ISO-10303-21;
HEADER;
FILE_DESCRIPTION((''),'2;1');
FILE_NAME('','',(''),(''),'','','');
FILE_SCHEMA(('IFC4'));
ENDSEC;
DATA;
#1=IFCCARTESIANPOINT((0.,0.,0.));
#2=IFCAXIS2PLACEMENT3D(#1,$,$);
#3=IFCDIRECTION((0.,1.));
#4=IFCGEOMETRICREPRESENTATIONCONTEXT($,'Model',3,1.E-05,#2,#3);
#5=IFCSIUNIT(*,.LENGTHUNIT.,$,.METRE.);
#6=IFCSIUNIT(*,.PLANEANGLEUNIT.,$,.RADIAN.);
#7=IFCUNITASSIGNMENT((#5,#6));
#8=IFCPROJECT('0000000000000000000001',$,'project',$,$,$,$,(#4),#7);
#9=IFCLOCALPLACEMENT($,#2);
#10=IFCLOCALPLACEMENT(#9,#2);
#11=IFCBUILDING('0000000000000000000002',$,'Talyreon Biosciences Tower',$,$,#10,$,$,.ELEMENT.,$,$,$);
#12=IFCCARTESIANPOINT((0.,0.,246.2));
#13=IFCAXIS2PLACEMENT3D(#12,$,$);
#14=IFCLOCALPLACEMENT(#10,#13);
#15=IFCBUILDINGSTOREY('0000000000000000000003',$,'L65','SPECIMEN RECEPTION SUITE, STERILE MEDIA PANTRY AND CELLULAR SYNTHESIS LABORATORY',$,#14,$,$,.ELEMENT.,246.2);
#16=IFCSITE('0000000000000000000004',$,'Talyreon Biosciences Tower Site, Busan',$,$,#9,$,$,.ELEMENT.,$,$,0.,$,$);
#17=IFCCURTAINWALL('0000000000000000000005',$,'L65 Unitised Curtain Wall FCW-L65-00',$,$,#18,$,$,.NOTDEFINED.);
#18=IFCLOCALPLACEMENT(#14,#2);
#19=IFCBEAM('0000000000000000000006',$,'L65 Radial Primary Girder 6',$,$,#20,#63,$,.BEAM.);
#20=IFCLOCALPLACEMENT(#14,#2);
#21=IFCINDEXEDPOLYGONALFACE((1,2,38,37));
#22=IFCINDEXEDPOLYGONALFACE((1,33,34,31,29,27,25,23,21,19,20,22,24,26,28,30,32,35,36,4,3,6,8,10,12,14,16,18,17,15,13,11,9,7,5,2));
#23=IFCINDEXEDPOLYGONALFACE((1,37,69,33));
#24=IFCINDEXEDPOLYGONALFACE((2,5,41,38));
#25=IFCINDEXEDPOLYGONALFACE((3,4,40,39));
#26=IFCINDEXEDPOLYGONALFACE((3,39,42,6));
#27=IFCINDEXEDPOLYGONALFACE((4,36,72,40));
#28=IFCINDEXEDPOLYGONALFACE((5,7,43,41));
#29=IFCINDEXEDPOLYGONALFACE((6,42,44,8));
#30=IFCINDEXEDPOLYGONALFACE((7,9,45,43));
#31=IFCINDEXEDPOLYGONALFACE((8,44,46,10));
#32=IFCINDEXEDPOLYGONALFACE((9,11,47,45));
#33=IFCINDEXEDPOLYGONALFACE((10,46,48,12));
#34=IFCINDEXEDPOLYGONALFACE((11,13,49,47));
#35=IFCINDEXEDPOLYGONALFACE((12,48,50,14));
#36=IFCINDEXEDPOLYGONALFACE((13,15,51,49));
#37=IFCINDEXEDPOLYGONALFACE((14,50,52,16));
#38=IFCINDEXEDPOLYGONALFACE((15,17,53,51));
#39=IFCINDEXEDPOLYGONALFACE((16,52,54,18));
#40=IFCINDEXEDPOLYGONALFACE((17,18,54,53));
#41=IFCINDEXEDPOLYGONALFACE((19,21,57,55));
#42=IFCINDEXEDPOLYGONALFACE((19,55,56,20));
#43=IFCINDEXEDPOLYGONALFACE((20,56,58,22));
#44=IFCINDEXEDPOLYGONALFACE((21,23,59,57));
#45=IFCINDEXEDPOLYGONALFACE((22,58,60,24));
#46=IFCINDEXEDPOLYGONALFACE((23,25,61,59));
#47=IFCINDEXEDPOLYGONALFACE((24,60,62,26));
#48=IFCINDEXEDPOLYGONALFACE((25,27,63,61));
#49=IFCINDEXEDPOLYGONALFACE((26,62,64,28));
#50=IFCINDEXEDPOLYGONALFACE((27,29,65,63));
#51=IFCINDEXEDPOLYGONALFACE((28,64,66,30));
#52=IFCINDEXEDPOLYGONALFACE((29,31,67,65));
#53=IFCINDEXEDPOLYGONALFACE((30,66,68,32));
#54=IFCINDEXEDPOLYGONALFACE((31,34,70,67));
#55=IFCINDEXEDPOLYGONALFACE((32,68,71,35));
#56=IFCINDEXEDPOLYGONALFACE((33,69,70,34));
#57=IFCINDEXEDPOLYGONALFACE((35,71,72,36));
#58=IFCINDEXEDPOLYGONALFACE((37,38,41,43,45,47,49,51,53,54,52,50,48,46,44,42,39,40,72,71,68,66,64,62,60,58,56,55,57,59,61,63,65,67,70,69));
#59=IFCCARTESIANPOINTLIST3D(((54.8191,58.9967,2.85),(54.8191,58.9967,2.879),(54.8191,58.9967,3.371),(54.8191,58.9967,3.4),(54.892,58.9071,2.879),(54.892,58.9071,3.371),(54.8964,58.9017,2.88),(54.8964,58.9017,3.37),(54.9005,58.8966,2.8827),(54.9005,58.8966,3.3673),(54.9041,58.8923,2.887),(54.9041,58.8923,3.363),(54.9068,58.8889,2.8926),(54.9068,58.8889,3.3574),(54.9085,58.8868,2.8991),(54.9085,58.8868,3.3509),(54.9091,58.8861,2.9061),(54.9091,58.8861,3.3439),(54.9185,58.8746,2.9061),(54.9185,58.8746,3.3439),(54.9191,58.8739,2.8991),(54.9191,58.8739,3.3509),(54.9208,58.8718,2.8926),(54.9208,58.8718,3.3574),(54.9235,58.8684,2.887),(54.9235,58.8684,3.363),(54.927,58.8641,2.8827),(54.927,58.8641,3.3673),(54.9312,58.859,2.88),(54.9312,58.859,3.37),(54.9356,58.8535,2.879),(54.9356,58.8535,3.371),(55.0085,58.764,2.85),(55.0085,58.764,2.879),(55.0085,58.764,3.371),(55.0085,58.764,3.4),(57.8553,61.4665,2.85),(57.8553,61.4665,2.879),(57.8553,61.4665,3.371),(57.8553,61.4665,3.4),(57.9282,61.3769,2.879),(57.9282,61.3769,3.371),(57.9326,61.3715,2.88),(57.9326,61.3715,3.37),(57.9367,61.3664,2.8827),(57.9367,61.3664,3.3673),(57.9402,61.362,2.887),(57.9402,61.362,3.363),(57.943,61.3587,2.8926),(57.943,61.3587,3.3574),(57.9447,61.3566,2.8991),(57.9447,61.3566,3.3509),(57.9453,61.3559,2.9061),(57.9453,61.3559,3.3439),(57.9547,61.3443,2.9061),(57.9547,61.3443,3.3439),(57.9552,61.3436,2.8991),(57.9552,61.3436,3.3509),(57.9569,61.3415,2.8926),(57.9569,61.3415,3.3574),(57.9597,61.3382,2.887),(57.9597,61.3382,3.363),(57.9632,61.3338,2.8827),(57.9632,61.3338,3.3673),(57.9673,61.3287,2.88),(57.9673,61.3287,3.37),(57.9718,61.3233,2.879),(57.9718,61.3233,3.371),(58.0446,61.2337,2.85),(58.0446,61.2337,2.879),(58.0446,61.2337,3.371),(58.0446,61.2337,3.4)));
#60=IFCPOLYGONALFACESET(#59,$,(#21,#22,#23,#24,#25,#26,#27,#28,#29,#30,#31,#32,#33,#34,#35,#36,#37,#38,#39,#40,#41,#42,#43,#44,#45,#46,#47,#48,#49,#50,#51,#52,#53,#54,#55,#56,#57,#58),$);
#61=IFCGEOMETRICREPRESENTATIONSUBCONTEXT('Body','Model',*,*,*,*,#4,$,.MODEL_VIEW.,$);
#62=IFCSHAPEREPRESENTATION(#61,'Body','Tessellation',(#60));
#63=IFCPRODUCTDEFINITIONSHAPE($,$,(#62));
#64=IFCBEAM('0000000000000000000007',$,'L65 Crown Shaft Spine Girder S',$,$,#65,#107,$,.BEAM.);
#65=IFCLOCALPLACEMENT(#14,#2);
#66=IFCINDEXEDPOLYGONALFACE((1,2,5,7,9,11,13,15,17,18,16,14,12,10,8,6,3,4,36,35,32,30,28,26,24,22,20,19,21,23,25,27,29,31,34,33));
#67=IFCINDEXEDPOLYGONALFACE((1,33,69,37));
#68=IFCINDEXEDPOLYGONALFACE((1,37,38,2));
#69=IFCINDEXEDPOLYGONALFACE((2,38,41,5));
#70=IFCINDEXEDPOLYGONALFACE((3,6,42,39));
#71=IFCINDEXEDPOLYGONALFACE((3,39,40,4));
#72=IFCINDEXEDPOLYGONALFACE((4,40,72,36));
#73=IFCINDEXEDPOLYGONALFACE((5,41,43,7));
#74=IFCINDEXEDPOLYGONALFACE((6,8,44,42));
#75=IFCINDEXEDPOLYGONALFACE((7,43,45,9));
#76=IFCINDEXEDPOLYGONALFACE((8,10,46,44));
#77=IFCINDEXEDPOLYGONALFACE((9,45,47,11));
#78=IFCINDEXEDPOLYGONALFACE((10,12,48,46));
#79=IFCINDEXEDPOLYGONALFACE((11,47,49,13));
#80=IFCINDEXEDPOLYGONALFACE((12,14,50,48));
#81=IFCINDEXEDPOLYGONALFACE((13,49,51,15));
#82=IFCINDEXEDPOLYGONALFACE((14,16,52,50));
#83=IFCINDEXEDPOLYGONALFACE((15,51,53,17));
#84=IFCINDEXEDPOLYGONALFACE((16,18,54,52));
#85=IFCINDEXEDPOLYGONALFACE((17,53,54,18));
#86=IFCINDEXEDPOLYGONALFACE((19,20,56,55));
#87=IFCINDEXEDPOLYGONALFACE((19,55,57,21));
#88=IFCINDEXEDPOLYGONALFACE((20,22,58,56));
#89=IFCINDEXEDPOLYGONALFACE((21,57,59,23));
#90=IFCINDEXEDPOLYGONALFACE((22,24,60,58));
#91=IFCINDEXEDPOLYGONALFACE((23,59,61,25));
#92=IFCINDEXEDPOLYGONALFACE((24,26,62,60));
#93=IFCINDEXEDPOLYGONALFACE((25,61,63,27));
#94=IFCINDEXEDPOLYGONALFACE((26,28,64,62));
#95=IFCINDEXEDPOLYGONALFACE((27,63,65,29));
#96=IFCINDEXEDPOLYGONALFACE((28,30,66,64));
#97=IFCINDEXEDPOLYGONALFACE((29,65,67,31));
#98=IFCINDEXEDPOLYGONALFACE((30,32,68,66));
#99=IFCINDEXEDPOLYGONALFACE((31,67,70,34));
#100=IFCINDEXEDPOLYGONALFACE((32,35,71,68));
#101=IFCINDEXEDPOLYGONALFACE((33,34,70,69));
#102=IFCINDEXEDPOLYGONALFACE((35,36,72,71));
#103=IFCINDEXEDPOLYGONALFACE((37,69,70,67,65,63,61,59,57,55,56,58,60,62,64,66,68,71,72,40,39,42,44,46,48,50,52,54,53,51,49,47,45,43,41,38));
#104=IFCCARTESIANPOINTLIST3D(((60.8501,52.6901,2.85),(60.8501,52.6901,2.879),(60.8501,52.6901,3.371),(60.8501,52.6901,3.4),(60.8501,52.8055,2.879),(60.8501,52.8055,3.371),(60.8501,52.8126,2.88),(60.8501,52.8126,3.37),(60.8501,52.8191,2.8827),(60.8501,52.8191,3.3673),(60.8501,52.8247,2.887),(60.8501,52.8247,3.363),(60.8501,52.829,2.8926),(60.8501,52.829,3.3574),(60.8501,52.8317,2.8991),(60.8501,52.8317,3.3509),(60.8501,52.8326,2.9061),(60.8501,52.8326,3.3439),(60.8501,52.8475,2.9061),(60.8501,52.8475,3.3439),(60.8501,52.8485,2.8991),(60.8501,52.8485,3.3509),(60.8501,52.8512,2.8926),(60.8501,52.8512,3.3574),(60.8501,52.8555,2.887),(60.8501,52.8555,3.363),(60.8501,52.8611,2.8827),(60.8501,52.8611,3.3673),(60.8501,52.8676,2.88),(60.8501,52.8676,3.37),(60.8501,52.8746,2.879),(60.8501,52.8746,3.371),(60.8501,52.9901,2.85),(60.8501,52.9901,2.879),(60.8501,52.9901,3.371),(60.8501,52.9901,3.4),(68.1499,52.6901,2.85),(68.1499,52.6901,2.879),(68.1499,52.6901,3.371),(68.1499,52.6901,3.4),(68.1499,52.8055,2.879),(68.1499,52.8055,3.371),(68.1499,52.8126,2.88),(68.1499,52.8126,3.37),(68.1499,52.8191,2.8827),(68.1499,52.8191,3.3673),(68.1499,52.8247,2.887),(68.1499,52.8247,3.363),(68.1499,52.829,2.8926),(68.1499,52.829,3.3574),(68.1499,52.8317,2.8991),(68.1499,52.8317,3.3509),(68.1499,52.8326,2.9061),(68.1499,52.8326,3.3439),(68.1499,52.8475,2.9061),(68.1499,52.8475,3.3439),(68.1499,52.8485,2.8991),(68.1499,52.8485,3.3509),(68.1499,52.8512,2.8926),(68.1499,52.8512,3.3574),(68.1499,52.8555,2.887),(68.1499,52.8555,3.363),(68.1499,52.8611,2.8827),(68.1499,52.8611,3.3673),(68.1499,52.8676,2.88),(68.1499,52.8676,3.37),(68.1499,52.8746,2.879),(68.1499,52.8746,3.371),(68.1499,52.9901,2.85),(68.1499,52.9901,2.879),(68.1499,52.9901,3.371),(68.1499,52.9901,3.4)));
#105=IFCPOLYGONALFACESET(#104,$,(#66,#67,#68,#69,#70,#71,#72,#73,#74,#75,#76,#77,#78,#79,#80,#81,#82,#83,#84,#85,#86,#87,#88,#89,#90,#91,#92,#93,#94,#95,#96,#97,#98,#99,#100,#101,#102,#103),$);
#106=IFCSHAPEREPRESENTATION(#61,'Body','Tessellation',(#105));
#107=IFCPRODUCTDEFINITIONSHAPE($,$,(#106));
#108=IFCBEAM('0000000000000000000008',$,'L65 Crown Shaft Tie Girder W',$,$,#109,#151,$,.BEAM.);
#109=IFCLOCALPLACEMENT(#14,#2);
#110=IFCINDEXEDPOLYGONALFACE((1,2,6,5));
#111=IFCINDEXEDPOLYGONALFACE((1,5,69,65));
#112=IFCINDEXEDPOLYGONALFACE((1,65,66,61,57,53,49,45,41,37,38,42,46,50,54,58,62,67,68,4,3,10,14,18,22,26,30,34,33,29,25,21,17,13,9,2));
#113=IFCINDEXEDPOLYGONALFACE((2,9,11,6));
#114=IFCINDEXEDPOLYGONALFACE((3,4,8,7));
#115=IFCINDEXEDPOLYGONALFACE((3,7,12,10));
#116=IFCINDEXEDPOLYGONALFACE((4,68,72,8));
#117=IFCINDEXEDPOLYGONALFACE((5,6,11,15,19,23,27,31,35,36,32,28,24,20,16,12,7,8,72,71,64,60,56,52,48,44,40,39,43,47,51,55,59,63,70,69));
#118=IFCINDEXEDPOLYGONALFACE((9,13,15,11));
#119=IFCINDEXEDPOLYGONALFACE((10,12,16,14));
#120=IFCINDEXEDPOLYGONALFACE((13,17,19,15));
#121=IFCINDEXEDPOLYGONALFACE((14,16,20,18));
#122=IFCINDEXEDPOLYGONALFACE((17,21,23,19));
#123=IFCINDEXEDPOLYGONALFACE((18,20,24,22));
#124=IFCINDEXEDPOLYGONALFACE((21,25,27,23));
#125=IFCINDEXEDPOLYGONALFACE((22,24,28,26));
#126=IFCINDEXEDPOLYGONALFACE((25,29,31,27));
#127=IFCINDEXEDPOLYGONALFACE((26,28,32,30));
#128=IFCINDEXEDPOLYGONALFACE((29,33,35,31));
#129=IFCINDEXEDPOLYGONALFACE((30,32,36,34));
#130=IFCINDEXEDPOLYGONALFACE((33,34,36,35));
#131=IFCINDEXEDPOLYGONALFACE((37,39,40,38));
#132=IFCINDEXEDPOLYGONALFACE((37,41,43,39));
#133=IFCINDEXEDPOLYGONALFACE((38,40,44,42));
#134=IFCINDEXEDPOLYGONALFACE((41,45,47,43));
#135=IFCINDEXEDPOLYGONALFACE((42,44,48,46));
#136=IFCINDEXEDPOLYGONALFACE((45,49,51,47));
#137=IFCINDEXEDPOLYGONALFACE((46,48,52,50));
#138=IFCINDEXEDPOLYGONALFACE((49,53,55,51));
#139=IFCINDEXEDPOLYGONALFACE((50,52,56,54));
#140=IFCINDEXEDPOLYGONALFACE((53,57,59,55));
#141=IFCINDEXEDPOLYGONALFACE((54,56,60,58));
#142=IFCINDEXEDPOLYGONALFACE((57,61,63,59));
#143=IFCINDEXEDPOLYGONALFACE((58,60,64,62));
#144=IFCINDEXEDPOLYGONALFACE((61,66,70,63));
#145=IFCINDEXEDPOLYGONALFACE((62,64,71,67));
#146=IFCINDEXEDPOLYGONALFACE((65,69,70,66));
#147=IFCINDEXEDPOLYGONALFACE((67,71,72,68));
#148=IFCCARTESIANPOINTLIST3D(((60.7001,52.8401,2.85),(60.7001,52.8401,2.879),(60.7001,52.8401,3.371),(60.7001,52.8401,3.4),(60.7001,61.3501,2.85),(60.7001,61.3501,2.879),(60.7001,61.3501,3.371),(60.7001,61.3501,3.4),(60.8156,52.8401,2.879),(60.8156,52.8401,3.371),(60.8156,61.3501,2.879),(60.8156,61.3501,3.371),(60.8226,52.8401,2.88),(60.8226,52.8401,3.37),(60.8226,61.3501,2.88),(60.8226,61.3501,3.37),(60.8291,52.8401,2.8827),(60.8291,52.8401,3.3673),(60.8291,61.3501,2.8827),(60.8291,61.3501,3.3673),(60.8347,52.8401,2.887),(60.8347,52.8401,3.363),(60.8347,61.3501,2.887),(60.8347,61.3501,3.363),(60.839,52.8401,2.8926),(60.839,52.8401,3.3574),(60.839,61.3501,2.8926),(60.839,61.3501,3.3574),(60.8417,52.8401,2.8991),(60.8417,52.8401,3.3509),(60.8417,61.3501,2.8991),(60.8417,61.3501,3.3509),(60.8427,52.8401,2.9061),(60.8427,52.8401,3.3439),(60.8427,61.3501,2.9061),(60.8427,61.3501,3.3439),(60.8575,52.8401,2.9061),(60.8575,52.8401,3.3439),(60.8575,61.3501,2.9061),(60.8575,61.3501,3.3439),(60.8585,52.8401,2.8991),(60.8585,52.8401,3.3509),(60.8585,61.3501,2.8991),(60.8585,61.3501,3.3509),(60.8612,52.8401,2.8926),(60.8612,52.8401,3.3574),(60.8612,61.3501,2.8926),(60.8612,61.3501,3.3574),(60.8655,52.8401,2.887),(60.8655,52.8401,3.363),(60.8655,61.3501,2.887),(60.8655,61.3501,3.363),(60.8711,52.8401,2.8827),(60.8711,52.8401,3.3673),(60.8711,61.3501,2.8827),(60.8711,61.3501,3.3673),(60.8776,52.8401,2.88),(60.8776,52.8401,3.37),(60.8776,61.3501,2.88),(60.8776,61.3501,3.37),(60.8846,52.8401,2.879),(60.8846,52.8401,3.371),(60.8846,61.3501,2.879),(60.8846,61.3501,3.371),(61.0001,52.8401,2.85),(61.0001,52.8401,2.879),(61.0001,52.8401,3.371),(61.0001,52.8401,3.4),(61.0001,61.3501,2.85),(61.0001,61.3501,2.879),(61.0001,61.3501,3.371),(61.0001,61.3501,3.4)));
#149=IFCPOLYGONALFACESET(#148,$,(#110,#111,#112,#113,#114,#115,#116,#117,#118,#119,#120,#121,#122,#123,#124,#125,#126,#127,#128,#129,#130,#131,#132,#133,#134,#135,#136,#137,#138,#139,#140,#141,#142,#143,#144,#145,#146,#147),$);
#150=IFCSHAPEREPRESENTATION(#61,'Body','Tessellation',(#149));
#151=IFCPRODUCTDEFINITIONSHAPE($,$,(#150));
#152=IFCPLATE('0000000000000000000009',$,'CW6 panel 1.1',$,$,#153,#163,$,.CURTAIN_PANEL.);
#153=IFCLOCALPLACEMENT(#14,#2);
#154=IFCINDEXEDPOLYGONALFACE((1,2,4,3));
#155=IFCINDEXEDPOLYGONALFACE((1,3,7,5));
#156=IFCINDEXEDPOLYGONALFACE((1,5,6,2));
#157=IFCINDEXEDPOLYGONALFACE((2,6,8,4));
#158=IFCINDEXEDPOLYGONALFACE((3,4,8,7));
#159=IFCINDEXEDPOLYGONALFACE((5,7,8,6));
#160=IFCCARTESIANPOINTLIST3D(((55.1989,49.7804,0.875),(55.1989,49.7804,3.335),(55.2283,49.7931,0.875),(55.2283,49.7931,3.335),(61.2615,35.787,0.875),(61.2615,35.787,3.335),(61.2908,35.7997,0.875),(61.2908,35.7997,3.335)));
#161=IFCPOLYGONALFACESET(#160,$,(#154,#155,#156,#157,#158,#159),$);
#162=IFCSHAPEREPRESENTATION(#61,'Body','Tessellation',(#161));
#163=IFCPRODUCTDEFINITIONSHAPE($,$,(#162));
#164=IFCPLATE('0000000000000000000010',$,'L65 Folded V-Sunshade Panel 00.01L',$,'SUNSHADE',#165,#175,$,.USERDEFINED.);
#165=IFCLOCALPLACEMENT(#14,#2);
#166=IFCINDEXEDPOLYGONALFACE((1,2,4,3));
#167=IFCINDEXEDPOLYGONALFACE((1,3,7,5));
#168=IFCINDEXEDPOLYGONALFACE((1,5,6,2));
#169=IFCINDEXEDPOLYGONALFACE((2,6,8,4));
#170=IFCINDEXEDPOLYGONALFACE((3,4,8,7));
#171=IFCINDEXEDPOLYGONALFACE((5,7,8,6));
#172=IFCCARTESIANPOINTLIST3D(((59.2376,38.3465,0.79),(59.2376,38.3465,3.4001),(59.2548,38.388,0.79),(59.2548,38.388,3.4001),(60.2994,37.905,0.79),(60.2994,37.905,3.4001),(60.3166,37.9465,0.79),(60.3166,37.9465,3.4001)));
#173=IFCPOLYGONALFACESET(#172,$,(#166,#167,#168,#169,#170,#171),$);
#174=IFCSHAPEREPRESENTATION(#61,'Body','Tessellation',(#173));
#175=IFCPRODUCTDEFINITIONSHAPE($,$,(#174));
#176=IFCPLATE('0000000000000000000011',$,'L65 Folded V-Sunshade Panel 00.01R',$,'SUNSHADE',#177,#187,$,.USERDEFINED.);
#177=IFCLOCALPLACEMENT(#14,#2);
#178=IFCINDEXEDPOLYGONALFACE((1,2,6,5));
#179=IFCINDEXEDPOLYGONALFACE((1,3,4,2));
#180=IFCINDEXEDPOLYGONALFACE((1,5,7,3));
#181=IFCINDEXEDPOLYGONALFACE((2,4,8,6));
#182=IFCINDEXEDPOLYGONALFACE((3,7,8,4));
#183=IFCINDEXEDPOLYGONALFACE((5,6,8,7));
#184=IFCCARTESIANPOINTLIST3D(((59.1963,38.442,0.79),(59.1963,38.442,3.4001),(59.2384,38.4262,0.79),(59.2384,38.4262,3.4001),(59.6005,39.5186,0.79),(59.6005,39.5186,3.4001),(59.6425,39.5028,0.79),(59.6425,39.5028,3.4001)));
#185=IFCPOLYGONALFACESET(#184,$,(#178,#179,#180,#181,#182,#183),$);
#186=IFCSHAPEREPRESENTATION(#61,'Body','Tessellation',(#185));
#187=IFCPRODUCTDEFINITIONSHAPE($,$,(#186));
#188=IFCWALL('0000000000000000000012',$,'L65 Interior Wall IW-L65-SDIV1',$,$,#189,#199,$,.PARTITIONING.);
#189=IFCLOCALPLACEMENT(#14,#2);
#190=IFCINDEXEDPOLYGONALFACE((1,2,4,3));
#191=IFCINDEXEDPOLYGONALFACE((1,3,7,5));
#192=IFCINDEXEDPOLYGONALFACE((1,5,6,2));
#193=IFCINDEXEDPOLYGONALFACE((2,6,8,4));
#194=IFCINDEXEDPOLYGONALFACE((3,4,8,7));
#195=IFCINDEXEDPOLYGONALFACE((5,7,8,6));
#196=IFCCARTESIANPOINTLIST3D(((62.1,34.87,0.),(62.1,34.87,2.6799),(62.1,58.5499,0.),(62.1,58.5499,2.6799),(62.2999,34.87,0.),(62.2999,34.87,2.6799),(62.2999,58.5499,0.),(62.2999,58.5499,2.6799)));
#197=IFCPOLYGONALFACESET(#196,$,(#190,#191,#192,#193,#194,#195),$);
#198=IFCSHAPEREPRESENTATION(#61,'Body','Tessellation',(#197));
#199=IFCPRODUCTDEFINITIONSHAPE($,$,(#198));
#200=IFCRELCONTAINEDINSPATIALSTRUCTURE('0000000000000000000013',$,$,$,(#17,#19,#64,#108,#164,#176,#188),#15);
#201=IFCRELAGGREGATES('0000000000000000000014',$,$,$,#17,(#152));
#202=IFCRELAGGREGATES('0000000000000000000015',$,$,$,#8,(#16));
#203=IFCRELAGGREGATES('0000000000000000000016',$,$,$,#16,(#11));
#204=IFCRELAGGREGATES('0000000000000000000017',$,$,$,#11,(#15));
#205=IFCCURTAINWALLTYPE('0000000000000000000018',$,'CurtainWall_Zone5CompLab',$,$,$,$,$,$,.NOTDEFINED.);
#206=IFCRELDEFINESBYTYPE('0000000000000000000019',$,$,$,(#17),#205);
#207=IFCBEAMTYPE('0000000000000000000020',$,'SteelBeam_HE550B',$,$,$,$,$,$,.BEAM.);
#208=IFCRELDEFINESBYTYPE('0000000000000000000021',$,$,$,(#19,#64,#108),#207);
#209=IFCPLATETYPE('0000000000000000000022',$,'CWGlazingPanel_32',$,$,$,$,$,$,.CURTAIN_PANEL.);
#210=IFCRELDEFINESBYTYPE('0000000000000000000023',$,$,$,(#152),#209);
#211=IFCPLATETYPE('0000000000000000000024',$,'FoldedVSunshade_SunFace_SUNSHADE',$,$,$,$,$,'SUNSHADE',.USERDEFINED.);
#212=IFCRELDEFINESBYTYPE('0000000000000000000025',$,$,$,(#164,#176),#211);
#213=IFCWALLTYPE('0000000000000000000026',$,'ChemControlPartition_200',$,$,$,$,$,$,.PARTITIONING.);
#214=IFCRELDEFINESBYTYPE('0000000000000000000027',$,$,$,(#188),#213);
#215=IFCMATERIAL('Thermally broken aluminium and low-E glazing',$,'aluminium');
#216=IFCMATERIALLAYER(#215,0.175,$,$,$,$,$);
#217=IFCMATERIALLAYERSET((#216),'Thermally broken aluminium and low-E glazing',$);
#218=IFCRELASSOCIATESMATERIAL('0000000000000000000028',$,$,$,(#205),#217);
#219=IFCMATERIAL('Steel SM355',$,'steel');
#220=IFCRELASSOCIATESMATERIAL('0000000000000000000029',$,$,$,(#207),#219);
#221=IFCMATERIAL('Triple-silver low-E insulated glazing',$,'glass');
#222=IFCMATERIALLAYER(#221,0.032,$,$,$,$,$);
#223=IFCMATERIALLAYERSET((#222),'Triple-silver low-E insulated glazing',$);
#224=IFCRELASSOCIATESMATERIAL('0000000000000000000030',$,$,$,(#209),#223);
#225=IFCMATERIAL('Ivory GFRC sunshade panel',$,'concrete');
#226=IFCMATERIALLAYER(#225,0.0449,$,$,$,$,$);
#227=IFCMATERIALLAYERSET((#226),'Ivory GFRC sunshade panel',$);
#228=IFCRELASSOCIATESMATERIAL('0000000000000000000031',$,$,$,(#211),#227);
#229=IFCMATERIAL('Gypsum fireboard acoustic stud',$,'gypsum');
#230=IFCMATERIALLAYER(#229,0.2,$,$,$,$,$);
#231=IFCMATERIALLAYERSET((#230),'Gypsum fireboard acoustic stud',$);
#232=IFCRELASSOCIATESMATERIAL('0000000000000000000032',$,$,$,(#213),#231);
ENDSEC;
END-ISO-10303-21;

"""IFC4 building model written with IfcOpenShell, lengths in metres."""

from ifc_helpers import new_model, si_unit, direction, frame, frame_2d, origin, origin_2d, place, context, subcontext, project, spatial, rectangle, i_section, extrude, material, layer, layer_set, material_profile, profile_set, type_object, element, aggregate, save


model = new_model("IFC4")

# Units and contexts
model_context = context("Model", 3, precision=1e-05, world=origin(), true_north=direction((0.0, 1.0)))
body_context = subcontext(model_context, "Body", "Model", "MODEL_VIEW")
ifc_project = project(units=[si_unit("LENGTHUNIT", "METRE"), si_unit("PLANEANGLEUNIT", "RADIAN")], contexts=[model_context])

# Site, building, storey
site_placement = place(None, origin())
site = spatial("IfcSite", under=ifc_project, at=site_placement, Name="Talyreon Biosciences Tower Site, Busan", CompositionType="ELEMENT", RefElevation=0.0)
building_placement = place(site_placement, origin())
building = spatial("IfcBuilding", under=site, at=building_placement, Name="Talyreon Biosciences Tower", CompositionType="ELEMENT")
storey_placement = place(building_placement, frame((0.0, 0.0, 246.2)))
storey = spatial("IfcBuildingStorey", under=building, at=storey_placement, Name="L65", Description="SPECIMEN RECEPTION SUITE, STERILE MEDIA PANTRY AND CELLULAR SYNTHESIS LABORATORY", CompositionType="ELEMENT", Elevation=246.2)

# Curtain wall
ifc_material_1 = material(Name="Thermally broken aluminium and low-E glazing", Category="aluminium")
ifc_layer_1 = layer(ifc_material_1, 0.175)
ifc_layer_set_1 = layer_set([ifc_layer_1], Name="Thermally broken aluminium and low-E glazing")
curtain_wall_type = type_object("IfcCurtainWallType", Name="CurtainWall_Zone5CompLab", PredefinedType="NOTDEFINED", material=ifc_layer_set_1)
curtain_wall_placement = place(storey_placement, origin())
curtain_wall = element("IfcCurtainWall", 1, at=curtain_wall_placement, inside=storey, type_object=curtain_wall_type, Name="L65 Unitised Curtain Wall FCW-L65-00", PredefinedType="NOTDEFINED")

# Beams
ifc_material_2 = material(Name="Steel SM355", Category="steel")
ifc_material_profile_1 = material_profile(ifc_material_2, i_section(OverallWidth=0.3, OverallDepth=0.55, WebThickness=0.0149, FlangeThickness=0.0291, FilletRadius=0.0271, at=origin_2d()), Name="HE550B")
ifc_profile_set_1 = profile_set([ifc_material_profile_1], Name="Steel SM355")
beam_type_1 = type_object("IfcBeamType", Name="SteelBeam_HE550B", PredefinedType="BEAM", material=ifc_profile_set_1)
beam_1_placement = place(storey_placement, frame((57.95, 61.3501, 3.125), z_axis=(-0.775755, -0.631034, 0.0), x_axis=(0.631034, -0.775755, 0.0)))
element("IfcBeam", 2, at=beam_1_placement, inside=storey, type_object=beam_type_1, Name="L65 Radial Primary Girder 6", PredefinedType="BEAM", context=body_context, shape_type="SweptSolid", body=[
    extrude(i_section(OverallWidth=0.3, OverallDepth=0.55, WebThickness=0.0149, FlangeThickness=0.0291, FilletRadius=0.0271, at=origin_2d()), origin(), (0.0, 0.0, 1.0), 3.9138),
])
beam_2_placement = place(storey_placement, frame((60.8501, 52.8401, 3.125), z_axis=(1.0, 0.0, 0.0), x_axis=(0.0, 1.0, 0.0)))
element("IfcBeam", 3, at=beam_2_placement, inside=storey, type_object=beam_type_1, Name="L65 Crown Shaft Spine Girder S", PredefinedType="BEAM", context=body_context, shape_type="SweptSolid", body=[
    extrude(i_section(OverallWidth=0.3, OverallDepth=0.55, WebThickness=0.0149, FlangeThickness=0.0291, FilletRadius=0.0271, at=origin_2d()), origin(), (0.0, 0.0, 1.0), 7.2998),
])
beam_3_placement = place(storey_placement, frame((60.8501, 52.8401, 3.125), z_axis=(0.0, 1.0, 0.0), x_axis=(-1.0, 0.0, 0.0)))
element("IfcBeam", 4, at=beam_3_placement, inside=storey, type_object=beam_type_1, Name="L65 Crown Shaft Tie Girder W", PredefinedType="BEAM", context=body_context, shape_type="SweptSolid", body=[
    extrude(i_section(OverallWidth=0.3, OverallDepth=0.55, WebThickness=0.0149, FlangeThickness=0.0291, FilletRadius=0.0271, at=origin_2d()), origin(), (0.0, 0.0, 1.0), 8.51),
])

# Plate
ifc_material_3 = material(Name="Triple-silver low-E insulated glazing", Category="glass")
ifc_layer_2 = layer(ifc_material_3, 0.032)
ifc_layer_set_2 = layer_set([ifc_layer_2], Name="Triple-silver low-E insulated glazing")
plate_type_1 = type_object("IfcPlateType", Name="CWGlazingPanel_32", PredefinedType="CURTAIN_PANEL", material=ifc_layer_set_2)
plate_placement = place(storey_placement, frame((58.2449, 42.79, 0.875), z_axis=(0.0, 0.0, 1.0), x_axis=(-0.397537, 0.917586, 0.0)))
plate = element("IfcPlate", 5, at=plate_placement, type_object=plate_type_1, Name="CW6 panel 1.1", PredefinedType="CURTAIN_PANEL", context=body_context, shape_type="SweptSolid", body=[
    extrude(rectangle(XDim=15.2502, YDim=0.032, at=origin_2d()), origin(), (0.0, 0.0, 1.0), 2.46),
])
aggregate(curtain_wall, [plate])

# Plates
ifc_material_4 = material(Name="Ivory GFRC sunshade panel", Category="concrete")
ifc_layer_3 = layer(ifc_material_4, 0.0449)
ifc_layer_set_3 = layer_set([ifc_layer_3], Name="Ivory GFRC sunshade panel")
plate_type_2 = type_object("IfcPlateType", Name="FoldedVSunshade_SunFace_SUNSHADE", ElementType="SUNSHADE", PredefinedType="USERDEFINED", material=ifc_layer_set_3)
for number, where, z_axis, x_axis, name in (
    (6, (59.7771, 38.1465, 0.79), (0.0, 0.0, 1.0), (-0.923371, 0.383909, 0.0), "L65 Folded V-Sunshade Panel 00.01L"),
    (7, (59.4194, 38.9724, 0.79), (0.0, 0.0, 1.0), (0.35145, 0.936207, 0.0), "L65 Folded V-Sunshade Panel 00.01R"),
):
    element("IfcPlate", number, at=place(storey_placement, frame(where, z_axis=z_axis, x_axis=x_axis)), inside=storey, type_object=plate_type_2, Name=name, ObjectType="SUNSHADE", PredefinedType="USERDEFINED", context=body_context, shape_type="SweptSolid", body=[
        extrude(rectangle(XDim=1.1499, YDim=0.0449, at=origin_2d()), origin(), (0.0, 0.0, 1.0), 2.6101),
    ])

# Wall
ifc_material_5 = material(Name="Gypsum fireboard acoustic stud", Category="gypsum")
ifc_layer_4 = layer(ifc_material_5, 0.2)
ifc_layer_set_4 = layer_set([ifc_layer_4], Name="Gypsum fireboard acoustic stud")
wall_type_1 = type_object("IfcWallType", Name="ChemControlPartition_200", PredefinedType="PARTITIONING", material=ifc_layer_set_4)
wall_1_placement = place(storey_placement, frame((62.2, 34.8701, 0.0), z_axis=(0.0, 0.0, 1.0), x_axis=(0.0, 1.0, 0.0)))
element("IfcWall", 8, at=wall_1_placement, inside=storey, type_object=wall_type_1, Name="L65 Interior Wall IW-L65-SDIV1", PredefinedType="PARTITIONING", context=body_context, shape_type="SweptSolid", body=[
    extrude(rectangle(XDim=23.6799, YDim=0.2, at=frame_2d((11.8398, 0.0))), origin(), (0.0, 0.0, 1.0), 2.6799),
])

save(model, "model.ifc")
